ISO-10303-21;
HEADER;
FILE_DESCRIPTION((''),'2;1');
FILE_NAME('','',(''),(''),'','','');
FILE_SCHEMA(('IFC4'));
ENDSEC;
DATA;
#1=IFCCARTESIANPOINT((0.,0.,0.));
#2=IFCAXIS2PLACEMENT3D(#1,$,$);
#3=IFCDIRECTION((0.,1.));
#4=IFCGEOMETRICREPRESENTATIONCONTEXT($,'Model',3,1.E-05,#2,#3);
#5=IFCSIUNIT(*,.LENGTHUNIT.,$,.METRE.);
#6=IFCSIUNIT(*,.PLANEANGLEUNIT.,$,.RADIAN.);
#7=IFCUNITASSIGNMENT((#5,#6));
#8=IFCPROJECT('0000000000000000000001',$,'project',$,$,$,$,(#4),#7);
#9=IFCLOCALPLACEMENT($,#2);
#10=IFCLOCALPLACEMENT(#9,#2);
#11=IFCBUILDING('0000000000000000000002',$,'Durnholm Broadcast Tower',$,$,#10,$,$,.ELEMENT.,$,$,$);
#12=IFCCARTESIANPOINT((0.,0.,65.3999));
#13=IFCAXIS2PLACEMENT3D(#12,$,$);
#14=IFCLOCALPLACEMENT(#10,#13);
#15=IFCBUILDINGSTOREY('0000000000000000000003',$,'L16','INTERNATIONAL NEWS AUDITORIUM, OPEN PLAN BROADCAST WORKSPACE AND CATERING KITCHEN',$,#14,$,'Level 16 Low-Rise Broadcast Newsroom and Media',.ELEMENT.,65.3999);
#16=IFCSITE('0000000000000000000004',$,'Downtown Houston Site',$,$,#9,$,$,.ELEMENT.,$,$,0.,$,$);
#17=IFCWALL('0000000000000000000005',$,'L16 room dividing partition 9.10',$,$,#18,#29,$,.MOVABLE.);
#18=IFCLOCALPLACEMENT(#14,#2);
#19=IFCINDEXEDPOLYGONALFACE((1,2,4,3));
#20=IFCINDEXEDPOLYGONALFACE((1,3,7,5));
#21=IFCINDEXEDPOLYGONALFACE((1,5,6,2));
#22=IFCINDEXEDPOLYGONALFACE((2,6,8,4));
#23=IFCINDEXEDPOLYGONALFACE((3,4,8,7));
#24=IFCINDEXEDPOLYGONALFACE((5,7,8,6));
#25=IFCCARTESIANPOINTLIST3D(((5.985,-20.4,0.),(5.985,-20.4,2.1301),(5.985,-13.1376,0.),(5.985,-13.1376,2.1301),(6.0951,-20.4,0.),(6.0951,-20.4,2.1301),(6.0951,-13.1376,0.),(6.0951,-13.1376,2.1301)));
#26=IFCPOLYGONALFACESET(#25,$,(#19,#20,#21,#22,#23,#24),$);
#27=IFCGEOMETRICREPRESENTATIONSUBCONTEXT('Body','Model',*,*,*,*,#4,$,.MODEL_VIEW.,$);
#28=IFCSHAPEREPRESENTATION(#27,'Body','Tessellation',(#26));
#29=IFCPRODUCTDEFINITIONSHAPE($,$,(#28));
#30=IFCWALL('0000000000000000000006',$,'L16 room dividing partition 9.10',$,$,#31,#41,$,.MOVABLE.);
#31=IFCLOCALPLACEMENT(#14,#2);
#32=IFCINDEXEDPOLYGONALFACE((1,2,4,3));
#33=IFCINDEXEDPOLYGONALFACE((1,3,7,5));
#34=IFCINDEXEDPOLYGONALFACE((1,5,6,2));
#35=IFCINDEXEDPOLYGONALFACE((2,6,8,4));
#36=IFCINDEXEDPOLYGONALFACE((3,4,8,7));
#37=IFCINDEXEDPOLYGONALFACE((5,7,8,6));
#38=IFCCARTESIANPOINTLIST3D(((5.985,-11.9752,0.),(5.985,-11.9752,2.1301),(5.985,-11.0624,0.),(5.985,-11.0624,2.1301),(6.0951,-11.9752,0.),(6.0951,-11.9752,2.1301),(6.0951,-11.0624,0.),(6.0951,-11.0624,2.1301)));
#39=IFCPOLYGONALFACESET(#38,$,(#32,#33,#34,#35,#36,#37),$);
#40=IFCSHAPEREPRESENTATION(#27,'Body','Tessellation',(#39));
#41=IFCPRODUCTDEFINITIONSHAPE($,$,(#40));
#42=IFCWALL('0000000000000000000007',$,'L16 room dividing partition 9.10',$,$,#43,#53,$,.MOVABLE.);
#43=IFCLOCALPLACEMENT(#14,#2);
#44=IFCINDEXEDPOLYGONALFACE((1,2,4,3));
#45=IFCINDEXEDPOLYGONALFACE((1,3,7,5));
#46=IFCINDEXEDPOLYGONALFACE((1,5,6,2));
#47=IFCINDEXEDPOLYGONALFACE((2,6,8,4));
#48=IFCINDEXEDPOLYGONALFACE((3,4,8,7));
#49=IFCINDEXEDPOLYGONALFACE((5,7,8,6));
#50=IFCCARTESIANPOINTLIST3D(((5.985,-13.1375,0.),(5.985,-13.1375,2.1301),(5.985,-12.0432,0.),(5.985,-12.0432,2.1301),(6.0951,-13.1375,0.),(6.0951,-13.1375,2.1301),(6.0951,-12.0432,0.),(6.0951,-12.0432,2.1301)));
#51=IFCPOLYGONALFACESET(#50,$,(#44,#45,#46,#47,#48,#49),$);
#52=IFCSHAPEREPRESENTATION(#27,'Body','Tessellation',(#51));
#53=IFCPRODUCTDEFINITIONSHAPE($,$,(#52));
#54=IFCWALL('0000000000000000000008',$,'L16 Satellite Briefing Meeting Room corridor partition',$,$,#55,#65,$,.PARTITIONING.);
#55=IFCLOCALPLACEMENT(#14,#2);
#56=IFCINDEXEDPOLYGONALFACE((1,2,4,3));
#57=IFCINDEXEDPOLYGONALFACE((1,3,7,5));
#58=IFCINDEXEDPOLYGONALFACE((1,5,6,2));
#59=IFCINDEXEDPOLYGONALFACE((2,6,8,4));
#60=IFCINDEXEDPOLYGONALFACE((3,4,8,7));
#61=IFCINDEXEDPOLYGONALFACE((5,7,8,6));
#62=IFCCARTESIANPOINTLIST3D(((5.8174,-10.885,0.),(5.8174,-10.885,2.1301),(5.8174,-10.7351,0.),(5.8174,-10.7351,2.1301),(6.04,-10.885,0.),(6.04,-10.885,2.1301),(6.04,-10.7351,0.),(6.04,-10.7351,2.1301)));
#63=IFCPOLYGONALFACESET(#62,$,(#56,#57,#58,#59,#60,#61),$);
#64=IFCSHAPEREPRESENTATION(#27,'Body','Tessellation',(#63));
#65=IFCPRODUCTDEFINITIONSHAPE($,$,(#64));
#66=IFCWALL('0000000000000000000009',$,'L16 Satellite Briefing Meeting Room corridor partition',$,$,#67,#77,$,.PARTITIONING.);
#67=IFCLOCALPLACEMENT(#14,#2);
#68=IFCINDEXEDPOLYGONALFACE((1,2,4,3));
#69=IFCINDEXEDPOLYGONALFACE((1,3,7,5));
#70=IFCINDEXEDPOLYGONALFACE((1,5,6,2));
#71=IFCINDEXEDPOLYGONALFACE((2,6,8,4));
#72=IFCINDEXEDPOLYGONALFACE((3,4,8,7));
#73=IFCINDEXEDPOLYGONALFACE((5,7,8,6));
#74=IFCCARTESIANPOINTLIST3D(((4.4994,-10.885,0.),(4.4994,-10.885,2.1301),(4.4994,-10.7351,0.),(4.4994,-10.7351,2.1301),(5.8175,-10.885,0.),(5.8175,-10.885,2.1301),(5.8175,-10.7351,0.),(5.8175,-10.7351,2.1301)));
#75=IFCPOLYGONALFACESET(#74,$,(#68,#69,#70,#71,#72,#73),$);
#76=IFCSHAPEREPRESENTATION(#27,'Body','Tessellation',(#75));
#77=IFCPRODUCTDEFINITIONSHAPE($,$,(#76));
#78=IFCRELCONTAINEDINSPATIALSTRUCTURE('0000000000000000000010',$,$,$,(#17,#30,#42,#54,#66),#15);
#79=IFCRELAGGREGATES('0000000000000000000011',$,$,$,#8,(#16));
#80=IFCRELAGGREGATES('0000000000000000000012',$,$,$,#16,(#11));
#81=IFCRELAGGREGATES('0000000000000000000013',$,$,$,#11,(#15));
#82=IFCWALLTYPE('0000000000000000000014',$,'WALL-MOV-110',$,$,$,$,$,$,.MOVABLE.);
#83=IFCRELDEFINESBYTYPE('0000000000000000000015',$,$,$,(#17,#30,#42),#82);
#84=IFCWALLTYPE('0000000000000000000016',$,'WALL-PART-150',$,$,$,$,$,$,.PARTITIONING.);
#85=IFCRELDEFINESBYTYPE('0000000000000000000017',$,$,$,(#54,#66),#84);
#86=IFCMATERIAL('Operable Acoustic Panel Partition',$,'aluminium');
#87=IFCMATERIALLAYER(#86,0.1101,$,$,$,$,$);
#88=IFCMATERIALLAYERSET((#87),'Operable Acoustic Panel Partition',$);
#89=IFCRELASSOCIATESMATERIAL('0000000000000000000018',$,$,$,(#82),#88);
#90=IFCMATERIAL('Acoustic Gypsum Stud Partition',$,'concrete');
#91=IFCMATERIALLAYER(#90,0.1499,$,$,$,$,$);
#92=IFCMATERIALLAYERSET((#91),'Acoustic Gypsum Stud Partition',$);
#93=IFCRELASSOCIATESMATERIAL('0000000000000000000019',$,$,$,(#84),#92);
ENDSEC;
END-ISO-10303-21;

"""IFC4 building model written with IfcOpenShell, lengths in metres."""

from ifc_helpers import new_model, si_unit, direction, frame, frame_2d, origin, place, context, subcontext, project, spatial, rectangle, extrude, material, layer, layer_set, type_object, element, save


model = new_model("IFC4")

# Units and contexts
model_context = context("Model", 3, precision=1e-05, world=origin(), true_north=direction((0.0, 1.0)))
body_context = subcontext(model_context, "Body", "Model", "MODEL_VIEW")
ifc_project = project(units=[si_unit("LENGTHUNIT", "METRE"), si_unit("PLANEANGLEUNIT", "RADIAN")], contexts=[model_context])

# Site, building, storey
site_placement = place(None, origin())
site = spatial("IfcSite", under=ifc_project, at=site_placement, Name="Downtown Houston Site", CompositionType="ELEMENT", RefElevation=0.0)
building_placement = place(site_placement, origin())
building = spatial("IfcBuilding", under=site, at=building_placement, Name="Durnholm Broadcast Tower", CompositionType="ELEMENT")
storey_placement = place(building_placement, frame((0.0, 0.0, 65.3999)))
storey = spatial("IfcBuildingStorey", under=building, at=storey_placement, Name="L16", Description="INTERNATIONAL NEWS AUDITORIUM, OPEN PLAN BROADCAST WORKSPACE AND CATERING KITCHEN", LongName="Level 16 Low-Rise Broadcast Newsroom and Media", CompositionType="ELEMENT", Elevation=65.3999)

# Walls
ifc_material_1 = material(Name="Operable Acoustic Panel Partition", Category="aluminium")
ifc_layer_1 = layer(ifc_material_1, 0.1101)
ifc_layer_set_1 = layer_set([ifc_layer_1], Name="Operable Acoustic Panel Partition")
wall_type_1 = type_object("IfcWallType", Name="WALL-MOV-110", PredefinedType="MOVABLE", material=ifc_layer_set_1)
wall_1_placement = place(storey_placement, frame((6.04, -13.1375, 0.0), z_axis=(0.0, 0.0, 1.0), x_axis=(0.0, -1.0, 0.0)))
element("IfcWall", 1, at=wall_1_placement, inside=storey, type_object=wall_type_1, Name="L16 room dividing partition 9.10", PredefinedType="MOVABLE", context=body_context, shape_type="SweptSolid", body=[
    extrude(rectangle(XDim=7.2625, YDim=0.1101, at=frame_2d((3.6313, 0.0))), origin(), (0.0, 0.0, 1.0), 2.1301),
])
wall_2_placement = place(storey_placement, frame((6.04, -11.0623, 0.0), z_axis=(0.0, 0.0, 1.0), x_axis=(0.0, -1.0, 0.0)))
element("IfcWall", 2, at=wall_2_placement, inside=storey, type_object=wall_type_1, Name="L16 room dividing partition 9.10", PredefinedType="MOVABLE", context=body_context, shape_type="SweptSolid", body=[
    extrude(rectangle(XDim=0.9128, YDim=0.1101, at=frame_2d((0.4565, 0.0))), origin(), (0.0, 0.0, 1.0), 2.1301),
])
wall_3_placement = place(storey_placement, frame((6.04, -12.0432, 0.0), z_axis=(0.0, 0.0, 1.0), x_axis=(0.0, -1.0, 0.0)))
element("IfcWall", 3, at=wall_3_placement, inside=storey, type_object=wall_type_1, Name="L16 room dividing partition 9.10", PredefinedType="MOVABLE", context=body_context, shape_type="SweptSolid", body=[
    extrude(rectangle(XDim=1.0942, YDim=0.1101, at=frame_2d((0.5471, 0.0))), origin(), (0.0, 0.0, 1.0), 2.1301),
])
ifc_material_2 = material(Name="Acoustic Gypsum Stud Partition", Category="concrete")
ifc_layer_2 = layer(ifc_material_2, 0.1499)
ifc_layer_set_2 = layer_set([ifc_layer_2], Name="Acoustic Gypsum Stud Partition")
wall_type_2 = type_object("IfcWallType", Name="WALL-PART-150", PredefinedType="PARTITIONING", material=ifc_layer_set_2)
wall_4_placement = place(storey_placement, frame((5.8174, -10.8101, 0.0), z_axis=(0.0, 0.0, 1.0), x_axis=(1.0, 0.0, 0.0)))
element("IfcWall", 4, at=wall_4_placement, inside=storey, type_object=wall_type_2, Name="L16 Satellite Briefing Meeting Room corridor partition", PredefinedType="PARTITIONING", context=body_context, shape_type="SweptSolid", body=[
    extrude(rectangle(XDim=0.2227, YDim=0.1499, at=frame_2d((0.1113, 0.0))), origin(), (0.0, 0.0, 1.0), 2.1301),
])
wall_5_placement = place(storey_placement, frame((4.4993, -10.8101, 0.0), z_axis=(0.0, 0.0, 1.0), x_axis=(1.0, 0.0, 0.0)))
element("IfcWall", 5, at=wall_5_placement, inside=storey, type_object=wall_type_2, Name="L16 Satellite Briefing Meeting Room corridor partition", PredefinedType="PARTITIONING", context=body_context, shape_type="SweptSolid", body=[
    extrude(rectangle(XDim=1.3181, YDim=0.1499, at=frame_2d((0.6592, 0.0))), origin(), (0.0, 0.0, 1.0), 2.1301),
])

save(model, "model.ifc")
